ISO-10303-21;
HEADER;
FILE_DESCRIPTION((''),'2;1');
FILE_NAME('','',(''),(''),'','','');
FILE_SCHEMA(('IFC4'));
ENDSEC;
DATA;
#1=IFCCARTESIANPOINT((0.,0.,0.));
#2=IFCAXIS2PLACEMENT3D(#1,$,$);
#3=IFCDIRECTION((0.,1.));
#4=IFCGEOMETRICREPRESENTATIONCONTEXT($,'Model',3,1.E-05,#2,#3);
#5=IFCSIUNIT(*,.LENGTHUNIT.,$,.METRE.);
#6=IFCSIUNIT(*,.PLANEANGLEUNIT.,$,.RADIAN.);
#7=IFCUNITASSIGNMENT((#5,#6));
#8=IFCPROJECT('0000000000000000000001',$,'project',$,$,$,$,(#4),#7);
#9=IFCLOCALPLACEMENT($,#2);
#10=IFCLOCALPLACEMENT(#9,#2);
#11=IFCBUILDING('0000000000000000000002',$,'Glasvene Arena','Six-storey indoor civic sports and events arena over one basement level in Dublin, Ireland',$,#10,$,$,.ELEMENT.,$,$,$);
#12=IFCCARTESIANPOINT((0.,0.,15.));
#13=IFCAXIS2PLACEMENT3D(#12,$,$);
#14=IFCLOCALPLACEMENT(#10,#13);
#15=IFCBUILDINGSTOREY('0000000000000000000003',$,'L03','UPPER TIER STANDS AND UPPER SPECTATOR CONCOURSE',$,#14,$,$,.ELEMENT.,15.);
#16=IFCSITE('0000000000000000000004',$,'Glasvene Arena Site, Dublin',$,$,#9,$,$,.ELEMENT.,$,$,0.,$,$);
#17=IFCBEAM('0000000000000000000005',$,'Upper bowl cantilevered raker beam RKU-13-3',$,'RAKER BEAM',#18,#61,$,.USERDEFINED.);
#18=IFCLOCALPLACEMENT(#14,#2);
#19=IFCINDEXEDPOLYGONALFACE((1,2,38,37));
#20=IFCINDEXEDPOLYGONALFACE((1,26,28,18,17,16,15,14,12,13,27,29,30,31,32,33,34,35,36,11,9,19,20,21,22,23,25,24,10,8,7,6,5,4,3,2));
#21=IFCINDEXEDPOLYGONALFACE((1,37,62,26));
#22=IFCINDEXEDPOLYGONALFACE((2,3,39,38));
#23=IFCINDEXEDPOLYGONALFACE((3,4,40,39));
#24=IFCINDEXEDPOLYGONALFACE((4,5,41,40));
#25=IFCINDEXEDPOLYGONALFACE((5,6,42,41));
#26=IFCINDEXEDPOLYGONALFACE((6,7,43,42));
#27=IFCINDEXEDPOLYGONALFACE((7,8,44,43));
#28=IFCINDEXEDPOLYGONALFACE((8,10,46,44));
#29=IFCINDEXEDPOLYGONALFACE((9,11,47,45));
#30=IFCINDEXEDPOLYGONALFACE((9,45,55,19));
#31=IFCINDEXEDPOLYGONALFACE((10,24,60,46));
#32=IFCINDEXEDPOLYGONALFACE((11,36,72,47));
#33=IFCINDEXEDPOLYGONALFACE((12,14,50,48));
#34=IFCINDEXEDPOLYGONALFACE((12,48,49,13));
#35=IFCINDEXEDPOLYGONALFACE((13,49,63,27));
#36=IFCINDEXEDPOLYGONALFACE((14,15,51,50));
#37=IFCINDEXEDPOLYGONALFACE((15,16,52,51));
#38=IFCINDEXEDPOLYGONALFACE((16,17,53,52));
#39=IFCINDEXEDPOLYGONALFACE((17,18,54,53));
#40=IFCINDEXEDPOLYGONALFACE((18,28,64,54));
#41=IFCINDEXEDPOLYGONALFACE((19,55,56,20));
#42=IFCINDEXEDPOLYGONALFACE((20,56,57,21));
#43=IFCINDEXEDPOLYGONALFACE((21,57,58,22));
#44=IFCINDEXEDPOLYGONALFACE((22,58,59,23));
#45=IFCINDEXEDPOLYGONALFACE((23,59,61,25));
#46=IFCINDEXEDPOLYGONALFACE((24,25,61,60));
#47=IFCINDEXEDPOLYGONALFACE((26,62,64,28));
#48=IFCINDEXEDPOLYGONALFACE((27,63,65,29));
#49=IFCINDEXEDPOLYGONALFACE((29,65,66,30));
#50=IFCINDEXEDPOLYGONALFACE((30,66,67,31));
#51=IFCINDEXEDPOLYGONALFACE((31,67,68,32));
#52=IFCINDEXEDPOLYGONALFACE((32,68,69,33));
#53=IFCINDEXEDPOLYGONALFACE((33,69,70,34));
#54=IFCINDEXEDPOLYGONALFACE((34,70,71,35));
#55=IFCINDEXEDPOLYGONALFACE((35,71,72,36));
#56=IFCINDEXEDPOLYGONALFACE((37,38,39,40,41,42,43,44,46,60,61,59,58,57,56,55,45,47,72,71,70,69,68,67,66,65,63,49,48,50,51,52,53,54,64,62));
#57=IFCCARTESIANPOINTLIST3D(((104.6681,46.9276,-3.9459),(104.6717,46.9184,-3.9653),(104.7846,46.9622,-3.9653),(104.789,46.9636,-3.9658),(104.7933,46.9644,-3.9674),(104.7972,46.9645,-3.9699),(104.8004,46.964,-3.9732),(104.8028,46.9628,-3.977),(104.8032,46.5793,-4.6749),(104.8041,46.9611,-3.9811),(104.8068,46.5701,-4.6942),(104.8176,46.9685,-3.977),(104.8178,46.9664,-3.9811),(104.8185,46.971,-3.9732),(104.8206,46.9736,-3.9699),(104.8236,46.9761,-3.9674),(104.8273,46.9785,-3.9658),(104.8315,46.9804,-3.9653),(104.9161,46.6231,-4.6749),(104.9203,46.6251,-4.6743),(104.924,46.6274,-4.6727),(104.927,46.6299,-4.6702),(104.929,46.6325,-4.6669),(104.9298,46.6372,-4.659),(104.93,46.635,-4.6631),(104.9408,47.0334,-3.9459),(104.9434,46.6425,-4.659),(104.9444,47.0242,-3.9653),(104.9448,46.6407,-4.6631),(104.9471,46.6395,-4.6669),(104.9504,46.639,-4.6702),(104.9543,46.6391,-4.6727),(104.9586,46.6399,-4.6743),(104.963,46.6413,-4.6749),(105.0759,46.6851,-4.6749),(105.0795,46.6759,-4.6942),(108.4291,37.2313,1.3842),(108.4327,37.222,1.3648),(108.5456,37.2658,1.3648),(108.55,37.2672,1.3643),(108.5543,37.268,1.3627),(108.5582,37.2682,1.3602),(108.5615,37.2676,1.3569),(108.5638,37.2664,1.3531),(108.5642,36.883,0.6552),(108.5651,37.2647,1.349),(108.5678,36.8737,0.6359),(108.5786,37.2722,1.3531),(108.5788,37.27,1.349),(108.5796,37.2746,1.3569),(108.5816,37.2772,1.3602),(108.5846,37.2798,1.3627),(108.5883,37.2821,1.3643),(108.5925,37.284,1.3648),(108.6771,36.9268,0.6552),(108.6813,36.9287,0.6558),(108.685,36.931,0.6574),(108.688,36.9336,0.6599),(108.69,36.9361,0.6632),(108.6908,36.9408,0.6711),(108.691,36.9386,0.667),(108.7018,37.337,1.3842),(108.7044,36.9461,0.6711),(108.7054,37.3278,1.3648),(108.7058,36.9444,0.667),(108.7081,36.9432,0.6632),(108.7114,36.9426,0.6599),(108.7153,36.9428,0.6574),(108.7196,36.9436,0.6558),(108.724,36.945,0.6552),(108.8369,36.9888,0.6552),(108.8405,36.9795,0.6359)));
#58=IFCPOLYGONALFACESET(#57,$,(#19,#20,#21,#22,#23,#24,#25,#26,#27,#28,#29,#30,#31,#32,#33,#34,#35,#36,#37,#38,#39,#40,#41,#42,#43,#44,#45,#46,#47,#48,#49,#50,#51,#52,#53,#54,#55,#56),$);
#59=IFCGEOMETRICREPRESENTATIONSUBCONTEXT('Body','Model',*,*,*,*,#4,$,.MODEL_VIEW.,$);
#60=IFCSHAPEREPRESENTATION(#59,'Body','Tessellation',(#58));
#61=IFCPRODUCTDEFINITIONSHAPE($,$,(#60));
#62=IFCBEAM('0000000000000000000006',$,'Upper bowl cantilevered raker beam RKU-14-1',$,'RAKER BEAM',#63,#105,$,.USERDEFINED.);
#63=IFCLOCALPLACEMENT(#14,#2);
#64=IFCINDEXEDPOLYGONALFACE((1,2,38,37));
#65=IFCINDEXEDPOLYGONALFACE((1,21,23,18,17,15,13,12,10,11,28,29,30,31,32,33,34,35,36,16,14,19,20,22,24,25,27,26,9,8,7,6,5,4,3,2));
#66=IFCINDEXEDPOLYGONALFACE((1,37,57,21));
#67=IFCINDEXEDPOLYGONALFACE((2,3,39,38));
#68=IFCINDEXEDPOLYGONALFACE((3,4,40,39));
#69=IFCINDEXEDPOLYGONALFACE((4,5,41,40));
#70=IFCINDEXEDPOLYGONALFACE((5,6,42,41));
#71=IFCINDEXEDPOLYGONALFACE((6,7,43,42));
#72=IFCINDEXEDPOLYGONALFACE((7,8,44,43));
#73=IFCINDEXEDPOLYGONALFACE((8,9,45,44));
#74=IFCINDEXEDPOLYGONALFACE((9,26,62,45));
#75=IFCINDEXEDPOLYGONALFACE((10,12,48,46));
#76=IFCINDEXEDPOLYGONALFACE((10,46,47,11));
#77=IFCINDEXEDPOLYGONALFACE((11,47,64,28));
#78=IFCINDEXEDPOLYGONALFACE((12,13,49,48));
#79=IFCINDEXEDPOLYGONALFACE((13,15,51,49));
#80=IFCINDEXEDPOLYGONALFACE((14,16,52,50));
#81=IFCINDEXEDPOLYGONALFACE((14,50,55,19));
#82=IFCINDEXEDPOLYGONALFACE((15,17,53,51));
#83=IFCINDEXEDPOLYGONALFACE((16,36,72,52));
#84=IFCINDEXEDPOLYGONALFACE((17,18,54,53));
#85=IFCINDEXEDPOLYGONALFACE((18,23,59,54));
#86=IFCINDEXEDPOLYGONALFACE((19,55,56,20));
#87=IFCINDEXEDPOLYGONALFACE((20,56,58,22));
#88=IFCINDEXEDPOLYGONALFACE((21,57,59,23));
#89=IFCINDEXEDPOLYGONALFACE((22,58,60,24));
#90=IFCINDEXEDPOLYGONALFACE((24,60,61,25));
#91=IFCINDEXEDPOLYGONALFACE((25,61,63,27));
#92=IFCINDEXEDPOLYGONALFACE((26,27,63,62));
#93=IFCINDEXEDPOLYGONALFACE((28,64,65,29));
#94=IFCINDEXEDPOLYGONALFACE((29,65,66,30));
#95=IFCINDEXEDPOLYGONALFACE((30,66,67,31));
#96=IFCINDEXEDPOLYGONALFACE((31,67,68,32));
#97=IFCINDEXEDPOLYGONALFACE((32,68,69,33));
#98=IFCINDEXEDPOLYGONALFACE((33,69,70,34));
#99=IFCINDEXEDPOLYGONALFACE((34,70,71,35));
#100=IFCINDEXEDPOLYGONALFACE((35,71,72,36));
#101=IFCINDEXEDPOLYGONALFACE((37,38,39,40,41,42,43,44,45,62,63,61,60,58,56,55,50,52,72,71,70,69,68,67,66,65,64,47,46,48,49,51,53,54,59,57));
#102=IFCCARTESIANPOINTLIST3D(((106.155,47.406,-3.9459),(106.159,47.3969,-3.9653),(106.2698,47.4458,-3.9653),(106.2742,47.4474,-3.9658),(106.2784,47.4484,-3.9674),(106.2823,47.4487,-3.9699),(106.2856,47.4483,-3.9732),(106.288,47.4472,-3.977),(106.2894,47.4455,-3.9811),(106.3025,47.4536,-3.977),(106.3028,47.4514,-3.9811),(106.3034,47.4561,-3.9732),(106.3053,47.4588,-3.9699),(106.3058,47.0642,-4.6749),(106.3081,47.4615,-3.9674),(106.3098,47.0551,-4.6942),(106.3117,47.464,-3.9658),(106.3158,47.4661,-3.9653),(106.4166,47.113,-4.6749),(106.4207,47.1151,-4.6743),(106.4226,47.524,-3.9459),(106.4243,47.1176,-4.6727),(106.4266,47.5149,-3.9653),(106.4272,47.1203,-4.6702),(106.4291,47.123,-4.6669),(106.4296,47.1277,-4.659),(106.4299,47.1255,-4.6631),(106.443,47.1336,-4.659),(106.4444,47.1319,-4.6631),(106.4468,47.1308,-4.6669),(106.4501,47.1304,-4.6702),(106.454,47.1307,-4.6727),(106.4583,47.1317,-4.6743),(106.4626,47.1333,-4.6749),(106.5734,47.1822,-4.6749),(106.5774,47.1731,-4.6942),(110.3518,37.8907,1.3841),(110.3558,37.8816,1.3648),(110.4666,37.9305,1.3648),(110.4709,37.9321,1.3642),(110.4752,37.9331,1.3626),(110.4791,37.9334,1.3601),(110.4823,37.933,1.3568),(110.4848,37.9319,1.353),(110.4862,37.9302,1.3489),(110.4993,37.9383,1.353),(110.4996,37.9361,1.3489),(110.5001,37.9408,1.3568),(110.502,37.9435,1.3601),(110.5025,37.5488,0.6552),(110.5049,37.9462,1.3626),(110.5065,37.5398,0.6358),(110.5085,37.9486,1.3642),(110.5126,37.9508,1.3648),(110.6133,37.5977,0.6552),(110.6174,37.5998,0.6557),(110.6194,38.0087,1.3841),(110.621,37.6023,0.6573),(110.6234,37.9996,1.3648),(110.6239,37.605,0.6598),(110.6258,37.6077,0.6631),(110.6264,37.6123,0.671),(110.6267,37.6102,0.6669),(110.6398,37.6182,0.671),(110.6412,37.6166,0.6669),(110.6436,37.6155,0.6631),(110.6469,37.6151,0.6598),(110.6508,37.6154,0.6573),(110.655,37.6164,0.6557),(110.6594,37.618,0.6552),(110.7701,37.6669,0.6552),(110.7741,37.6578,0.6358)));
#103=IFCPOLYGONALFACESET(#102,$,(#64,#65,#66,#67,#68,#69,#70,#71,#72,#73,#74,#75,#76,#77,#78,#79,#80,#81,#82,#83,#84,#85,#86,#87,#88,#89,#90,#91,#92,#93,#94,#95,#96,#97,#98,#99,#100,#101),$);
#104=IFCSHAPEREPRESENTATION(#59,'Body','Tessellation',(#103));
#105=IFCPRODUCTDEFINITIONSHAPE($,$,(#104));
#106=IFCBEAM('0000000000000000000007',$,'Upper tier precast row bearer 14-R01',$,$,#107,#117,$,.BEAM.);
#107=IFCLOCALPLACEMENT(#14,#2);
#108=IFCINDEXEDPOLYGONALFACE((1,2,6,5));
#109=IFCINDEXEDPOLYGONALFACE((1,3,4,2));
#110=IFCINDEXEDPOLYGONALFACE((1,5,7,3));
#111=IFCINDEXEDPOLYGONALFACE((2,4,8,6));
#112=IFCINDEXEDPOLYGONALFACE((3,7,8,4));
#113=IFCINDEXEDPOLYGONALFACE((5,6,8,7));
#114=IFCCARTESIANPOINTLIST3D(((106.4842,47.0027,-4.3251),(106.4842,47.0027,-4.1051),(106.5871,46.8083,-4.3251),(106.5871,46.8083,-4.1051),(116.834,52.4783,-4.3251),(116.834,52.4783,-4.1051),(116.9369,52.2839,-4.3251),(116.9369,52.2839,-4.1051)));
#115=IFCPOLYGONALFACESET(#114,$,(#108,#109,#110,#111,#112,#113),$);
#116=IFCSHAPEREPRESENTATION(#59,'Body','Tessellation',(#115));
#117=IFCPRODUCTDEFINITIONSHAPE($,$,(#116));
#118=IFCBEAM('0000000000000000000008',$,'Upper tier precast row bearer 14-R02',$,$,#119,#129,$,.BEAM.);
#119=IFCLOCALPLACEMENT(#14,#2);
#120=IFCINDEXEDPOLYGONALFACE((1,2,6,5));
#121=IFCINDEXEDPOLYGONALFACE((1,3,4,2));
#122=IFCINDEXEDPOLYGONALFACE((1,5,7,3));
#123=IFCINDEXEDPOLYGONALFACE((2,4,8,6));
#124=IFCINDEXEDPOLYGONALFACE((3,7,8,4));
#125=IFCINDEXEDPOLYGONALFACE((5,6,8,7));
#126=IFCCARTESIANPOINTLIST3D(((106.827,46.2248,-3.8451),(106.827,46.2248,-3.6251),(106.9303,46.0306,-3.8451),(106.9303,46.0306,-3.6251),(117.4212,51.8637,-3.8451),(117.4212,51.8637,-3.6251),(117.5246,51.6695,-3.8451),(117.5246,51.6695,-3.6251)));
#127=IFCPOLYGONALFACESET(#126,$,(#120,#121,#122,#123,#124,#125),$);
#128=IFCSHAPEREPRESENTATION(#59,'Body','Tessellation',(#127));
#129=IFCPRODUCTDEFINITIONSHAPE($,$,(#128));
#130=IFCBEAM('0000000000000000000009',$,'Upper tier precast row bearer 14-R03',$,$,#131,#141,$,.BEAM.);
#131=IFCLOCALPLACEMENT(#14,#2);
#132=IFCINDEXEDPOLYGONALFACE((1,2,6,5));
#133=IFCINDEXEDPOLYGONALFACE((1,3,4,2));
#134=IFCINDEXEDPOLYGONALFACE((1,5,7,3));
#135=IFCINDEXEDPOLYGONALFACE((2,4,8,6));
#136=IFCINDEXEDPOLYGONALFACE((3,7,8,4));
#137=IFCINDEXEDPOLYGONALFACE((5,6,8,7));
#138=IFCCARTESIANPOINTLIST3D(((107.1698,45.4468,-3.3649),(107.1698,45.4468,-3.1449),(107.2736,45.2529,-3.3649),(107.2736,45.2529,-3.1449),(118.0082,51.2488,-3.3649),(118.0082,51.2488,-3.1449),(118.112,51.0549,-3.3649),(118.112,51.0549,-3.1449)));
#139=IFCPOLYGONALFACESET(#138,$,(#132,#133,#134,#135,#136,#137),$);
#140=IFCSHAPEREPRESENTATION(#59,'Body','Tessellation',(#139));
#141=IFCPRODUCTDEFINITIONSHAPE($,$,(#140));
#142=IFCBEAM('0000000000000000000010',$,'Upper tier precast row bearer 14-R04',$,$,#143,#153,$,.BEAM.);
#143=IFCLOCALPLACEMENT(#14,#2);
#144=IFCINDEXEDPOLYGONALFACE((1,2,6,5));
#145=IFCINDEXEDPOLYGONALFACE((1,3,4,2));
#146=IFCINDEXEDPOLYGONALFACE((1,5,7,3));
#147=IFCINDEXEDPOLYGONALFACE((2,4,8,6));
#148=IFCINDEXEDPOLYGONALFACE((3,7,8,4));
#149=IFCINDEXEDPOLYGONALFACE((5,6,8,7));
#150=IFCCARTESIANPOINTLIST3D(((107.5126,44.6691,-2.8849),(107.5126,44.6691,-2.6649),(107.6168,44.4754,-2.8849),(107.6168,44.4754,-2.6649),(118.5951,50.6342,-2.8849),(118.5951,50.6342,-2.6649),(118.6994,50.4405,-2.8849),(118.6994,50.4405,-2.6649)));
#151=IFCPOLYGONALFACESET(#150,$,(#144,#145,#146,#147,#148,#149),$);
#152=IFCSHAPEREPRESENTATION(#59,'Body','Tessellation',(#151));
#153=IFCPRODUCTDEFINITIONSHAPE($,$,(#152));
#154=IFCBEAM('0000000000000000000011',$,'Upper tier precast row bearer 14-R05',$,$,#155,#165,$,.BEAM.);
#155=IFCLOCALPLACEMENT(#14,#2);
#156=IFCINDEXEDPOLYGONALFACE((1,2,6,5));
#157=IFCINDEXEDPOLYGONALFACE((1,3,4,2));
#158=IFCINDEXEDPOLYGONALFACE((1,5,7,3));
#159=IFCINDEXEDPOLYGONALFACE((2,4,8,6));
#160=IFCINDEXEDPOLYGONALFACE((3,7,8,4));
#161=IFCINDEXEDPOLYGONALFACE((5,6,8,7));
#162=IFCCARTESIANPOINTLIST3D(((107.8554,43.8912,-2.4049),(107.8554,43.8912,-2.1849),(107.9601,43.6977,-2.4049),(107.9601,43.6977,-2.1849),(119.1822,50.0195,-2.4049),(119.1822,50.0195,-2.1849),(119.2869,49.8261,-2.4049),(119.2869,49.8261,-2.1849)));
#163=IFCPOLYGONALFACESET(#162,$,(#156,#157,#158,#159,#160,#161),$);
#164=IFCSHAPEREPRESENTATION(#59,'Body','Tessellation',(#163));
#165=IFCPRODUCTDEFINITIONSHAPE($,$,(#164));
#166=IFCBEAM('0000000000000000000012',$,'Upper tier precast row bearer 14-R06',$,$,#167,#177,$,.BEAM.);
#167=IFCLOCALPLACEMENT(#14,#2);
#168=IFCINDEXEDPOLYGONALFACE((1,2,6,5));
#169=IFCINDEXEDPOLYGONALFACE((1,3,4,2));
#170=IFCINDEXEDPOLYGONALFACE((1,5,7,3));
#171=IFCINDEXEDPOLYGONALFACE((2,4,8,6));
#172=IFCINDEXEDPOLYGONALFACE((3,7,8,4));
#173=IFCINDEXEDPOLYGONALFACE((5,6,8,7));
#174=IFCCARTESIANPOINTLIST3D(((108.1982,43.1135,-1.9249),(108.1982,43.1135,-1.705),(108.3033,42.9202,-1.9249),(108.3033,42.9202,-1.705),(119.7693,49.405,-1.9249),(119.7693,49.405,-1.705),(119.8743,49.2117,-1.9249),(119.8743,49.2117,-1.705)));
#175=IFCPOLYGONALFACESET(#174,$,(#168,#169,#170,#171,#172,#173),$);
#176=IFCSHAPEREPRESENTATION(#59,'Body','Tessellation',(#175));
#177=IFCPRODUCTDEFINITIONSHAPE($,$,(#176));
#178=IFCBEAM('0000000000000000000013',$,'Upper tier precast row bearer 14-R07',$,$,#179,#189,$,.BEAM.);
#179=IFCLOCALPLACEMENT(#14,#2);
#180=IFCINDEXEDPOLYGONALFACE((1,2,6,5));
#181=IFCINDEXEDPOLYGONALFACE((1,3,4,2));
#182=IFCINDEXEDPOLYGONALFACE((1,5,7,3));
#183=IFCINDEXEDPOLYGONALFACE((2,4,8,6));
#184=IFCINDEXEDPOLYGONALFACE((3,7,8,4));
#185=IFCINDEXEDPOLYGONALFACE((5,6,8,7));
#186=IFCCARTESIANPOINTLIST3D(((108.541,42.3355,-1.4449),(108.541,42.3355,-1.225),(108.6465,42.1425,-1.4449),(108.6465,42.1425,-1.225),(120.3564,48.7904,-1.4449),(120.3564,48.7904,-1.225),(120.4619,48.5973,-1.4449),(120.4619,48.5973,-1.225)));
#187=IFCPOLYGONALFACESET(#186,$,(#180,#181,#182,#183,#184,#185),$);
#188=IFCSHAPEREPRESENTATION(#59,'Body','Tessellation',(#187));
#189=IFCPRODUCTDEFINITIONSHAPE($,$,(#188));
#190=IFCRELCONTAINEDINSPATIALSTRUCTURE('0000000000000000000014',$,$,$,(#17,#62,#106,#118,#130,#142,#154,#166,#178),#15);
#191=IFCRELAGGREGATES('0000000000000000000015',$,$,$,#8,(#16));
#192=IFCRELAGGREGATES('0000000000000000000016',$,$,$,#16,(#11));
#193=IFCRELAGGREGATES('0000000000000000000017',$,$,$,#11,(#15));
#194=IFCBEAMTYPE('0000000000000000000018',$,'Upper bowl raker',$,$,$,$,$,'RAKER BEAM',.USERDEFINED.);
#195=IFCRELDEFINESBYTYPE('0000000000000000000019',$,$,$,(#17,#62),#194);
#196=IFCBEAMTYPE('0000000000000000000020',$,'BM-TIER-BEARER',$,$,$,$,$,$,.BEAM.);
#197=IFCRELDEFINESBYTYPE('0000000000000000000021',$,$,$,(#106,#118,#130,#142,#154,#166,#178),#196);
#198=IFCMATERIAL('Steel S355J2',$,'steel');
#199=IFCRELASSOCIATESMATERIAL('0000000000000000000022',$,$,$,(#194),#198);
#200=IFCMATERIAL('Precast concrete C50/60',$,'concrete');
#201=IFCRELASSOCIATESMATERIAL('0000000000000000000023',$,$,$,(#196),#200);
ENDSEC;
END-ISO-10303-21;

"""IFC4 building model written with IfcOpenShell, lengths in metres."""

from ifc_helpers import new_model, si_unit, direction, frame, origin, origin_2d, place, context, subcontext, project, spatial, rectangle, i_section, extrude, material, material_profile, profile_set, type_object, element, save


model = new_model("IFC4")

# Units and contexts
model_context = context("Model", 3, precision=1e-05, world=origin(), true_north=direction((0.0, 1.0)))
body_context = subcontext(model_context, "Body", "Model", "MODEL_VIEW")
ifc_project = project(units=[si_unit("LENGTHUNIT", "METRE"), si_unit("PLANEANGLEUNIT", "RADIAN")], contexts=[model_context])

# Site, building, storey
site_placement = place(None, origin())
site = spatial("IfcSite", under=ifc_project, at=site_placement, Name="Glasvene Arena Site, Dublin", CompositionType="ELEMENT", RefElevation=0.0)
building_placement = place(site_placement, origin())
building = spatial("IfcBuilding", under=site, at=building_placement, Name="Glasvene Arena", Description="Six-storey indoor civic sports and events arena over one basement level in Dublin, Ireland", CompositionType="ELEMENT")
storey_placement = place(building_placement, frame((0.0, 0.0, 15.0)))
storey = spatial("IfcBuildingStorey", under=building, at=storey_placement, Name="L03", Description="UPPER TIER STANDS AND UPPER SPECTATOR CONCOURSE", CompositionType="ELEMENT", Elevation=15.0)

# Shared definitions
ifc_material_1 = material(Name="Steel S355J2", Category="steel")

# Beams
ifc_material_profile_1 = material_profile(ifc_material_1, i_section(OverallWidth=0.2925, OverallDepth=0.8408, WebThickness=0.0146, FlangeThickness=0.0217, FilletRadius=0.0178, at=origin_2d()), Name="UKB 838x292x194")
ifc_profile_set_1 = profile_set([ifc_material_profile_1], Name="Steel S355J2")
beam_type_1 = type_object("IfcBeamType", Name="Upper bowl raker", ElementType="RAKER BEAM", PredefinedType="USERDEFINED", material=ifc_profile_set_1)
beam_1_placement = place(storey_placement, frame((104.8738, 46.8018, -4.3201), z_axis=(0.321825, -0.829705, 0.456091), x_axis=(0.932322, 0.361628, 0.0)))
element("IfcBeam", 1, at=beam_1_placement, inside=storey, type_object=beam_type_1, Name="Upper bowl cantilevered raker beam RKU-13-3", ObjectType="RAKER BEAM", PredefinedType="USERDEFINED", context=body_context, shape_type="SweptSolid", body=[
    extrude(i_section(OverallWidth=0.2925, OverallDepth=0.8408, WebThickness=0.0146, FlangeThickness=0.0217, FilletRadius=0.0178, at=origin_2d()), origin(), (0.0, 0.0, 1.0), 11.6865),
])
beam_2_placement = place(storey_placement, frame((106.3662, 47.2896, -4.3201), z_axis=(0.359125, -0.814247, 0.456104), x_axis=(0.91496, 0.403545, 0.0)))
element("IfcBeam", 2, at=beam_2_placement, inside=storey, type_object=beam_type_1, Name="Upper bowl cantilevered raker beam RKU-14-1", ObjectType="RAKER BEAM", PredefinedType="USERDEFINED", context=body_context, shape_type="SweptSolid", body=[
    extrude(i_section(OverallWidth=0.2925, OverallDepth=0.8408, WebThickness=0.0146, FlangeThickness=0.0217, FilletRadius=0.0178, at=origin_2d()), origin(), (0.0, 0.0, 1.0), 11.686),
])
ifc_material_2 = material(Name="Precast concrete C50/60", Category="concrete")
ifc_material_profile_2 = material_profile(ifc_material_2, rectangle(XDim=0.22, YDim=0.22, at=origin_2d()), Name="RC 220x220")
ifc_profile_set_2 = profile_set([ifc_material_profile_2], Name="Precast concrete C50/60")
beam_type_2 = type_object("IfcBeamType", Name="BM-TIER-BEARER", PredefinedType="BEAM", material=ifc_profile_set_2)
beam_3_placement = place(storey_placement, frame((106.5356, 46.9055, -4.2151), z_axis=(0.88392, 0.467638, 0.0), x_axis=(-0.467638, 0.88392, 0.0)))
element("IfcBeam", 3, at=beam_3_placement, inside=storey, type_object=beam_type_2, Name="Upper tier precast row bearer 14-R01", PredefinedType="BEAM", context=body_context, shape_type="SweptSolid", body=[
    extrude(rectangle(XDim=0.22, YDim=0.22, at=origin_2d()), origin(), (0.0, 0.0, 1.0), 11.709),
])
beam_4_placement = place(storey_placement, frame((106.8787, 46.1277, -3.7351), z_axis=(0.882745, 0.469852, 0.0), x_axis=(-0.469852, 0.882745, 0.0)))
element("IfcBeam", 4, at=beam_4_placement, inside=storey, type_object=beam_type_2, Name="Upper tier precast row bearer 14-R02", PredefinedType="BEAM", context=body_context, shape_type="SweptSolid", body=[
    extrude(rectangle(XDim=0.22, YDim=0.22, at=origin_2d()), origin(), (0.0, 0.0, 1.0), 12.0015),
])
beam_5_placement = place(storey_placement, frame((107.2217, 45.3499, -3.2549), z_axis=(0.881625, 0.471951, 0.0), x_axis=(-0.471951, 0.881625, 0.0)))
element("IfcBeam", 5, at=beam_5_placement, inside=storey, type_object=beam_type_2, Name="Upper tier precast row bearer 14-R03", PredefinedType="BEAM", context=body_context, shape_type="SweptSolid", body=[
    extrude(rectangle(XDim=0.22, YDim=0.22, at=origin_2d()), origin(), (0.0, 0.0, 1.0), 12.2937),
])
beam_6_placement = place(storey_placement, frame((107.5647, 44.5723, -2.7749), z_axis=(0.880551, 0.473951, 0.0), x_axis=(-0.473951, 0.880551, 0.0)))
element("IfcBeam", 6, at=beam_6_placement, inside=storey, type_object=beam_type_2, Name="Upper tier precast row bearer 14-R04", PredefinedType="BEAM", context=body_context, shape_type="SweptSolid", body=[
    extrude(rectangle(XDim=0.22, YDim=0.22, at=origin_2d()), origin(), (0.0, 0.0, 1.0), 12.5859),
])
beam_7_placement = place(storey_placement, frame((107.9077, 43.7944, -2.2949), z_axis=(0.879519, 0.475864, 0.0), x_axis=(-0.475864, 0.879519, 0.0)))
element("IfcBeam", 7, at=beam_7_placement, inside=storey, type_object=beam_type_2, Name="Upper tier precast row bearer 14-R05", PredefinedType="BEAM", context=body_context, shape_type="SweptSolid", body=[
    extrude(rectangle(XDim=0.22, YDim=0.22, at=origin_2d()), origin(), (0.0, 0.0, 1.0), 12.8784),
])
beam_8_placement = place(storey_placement, frame((108.2507, 43.0168, -1.8149), z_axis=(0.878532, 0.477683, 0.0), x_axis=(-0.477683, 0.878532, 0.0)))
element("IfcBeam", 8, at=beam_8_placement, inside=storey, type_object=beam_type_2, Name="Upper tier precast row bearer 14-R06", PredefinedType="BEAM", context=body_context, shape_type="SweptSolid", body=[
    extrude(rectangle(XDim=0.22, YDim=0.22, at=origin_2d()), origin(), (0.0, 0.0, 1.0), 13.1709),
])
beam_9_placement = place(storey_placement, frame((108.5938, 42.239, -1.335), z_axis=(0.877581, 0.479428, 0.0), x_axis=(-0.479428, 0.877581, 0.0)))
element("IfcBeam", 9, at=beam_9_placement, inside=storey, type_object=beam_type_2, Name="Upper tier precast row bearer 14-R07", PredefinedType="BEAM", context=body_context, shape_type="SweptSolid", body=[
    extrude(rectangle(XDim=0.22, YDim=0.22, at=origin_2d()), origin(), (0.0, 0.0, 1.0), 13.4636),
])

save(model, "model.ifc")
